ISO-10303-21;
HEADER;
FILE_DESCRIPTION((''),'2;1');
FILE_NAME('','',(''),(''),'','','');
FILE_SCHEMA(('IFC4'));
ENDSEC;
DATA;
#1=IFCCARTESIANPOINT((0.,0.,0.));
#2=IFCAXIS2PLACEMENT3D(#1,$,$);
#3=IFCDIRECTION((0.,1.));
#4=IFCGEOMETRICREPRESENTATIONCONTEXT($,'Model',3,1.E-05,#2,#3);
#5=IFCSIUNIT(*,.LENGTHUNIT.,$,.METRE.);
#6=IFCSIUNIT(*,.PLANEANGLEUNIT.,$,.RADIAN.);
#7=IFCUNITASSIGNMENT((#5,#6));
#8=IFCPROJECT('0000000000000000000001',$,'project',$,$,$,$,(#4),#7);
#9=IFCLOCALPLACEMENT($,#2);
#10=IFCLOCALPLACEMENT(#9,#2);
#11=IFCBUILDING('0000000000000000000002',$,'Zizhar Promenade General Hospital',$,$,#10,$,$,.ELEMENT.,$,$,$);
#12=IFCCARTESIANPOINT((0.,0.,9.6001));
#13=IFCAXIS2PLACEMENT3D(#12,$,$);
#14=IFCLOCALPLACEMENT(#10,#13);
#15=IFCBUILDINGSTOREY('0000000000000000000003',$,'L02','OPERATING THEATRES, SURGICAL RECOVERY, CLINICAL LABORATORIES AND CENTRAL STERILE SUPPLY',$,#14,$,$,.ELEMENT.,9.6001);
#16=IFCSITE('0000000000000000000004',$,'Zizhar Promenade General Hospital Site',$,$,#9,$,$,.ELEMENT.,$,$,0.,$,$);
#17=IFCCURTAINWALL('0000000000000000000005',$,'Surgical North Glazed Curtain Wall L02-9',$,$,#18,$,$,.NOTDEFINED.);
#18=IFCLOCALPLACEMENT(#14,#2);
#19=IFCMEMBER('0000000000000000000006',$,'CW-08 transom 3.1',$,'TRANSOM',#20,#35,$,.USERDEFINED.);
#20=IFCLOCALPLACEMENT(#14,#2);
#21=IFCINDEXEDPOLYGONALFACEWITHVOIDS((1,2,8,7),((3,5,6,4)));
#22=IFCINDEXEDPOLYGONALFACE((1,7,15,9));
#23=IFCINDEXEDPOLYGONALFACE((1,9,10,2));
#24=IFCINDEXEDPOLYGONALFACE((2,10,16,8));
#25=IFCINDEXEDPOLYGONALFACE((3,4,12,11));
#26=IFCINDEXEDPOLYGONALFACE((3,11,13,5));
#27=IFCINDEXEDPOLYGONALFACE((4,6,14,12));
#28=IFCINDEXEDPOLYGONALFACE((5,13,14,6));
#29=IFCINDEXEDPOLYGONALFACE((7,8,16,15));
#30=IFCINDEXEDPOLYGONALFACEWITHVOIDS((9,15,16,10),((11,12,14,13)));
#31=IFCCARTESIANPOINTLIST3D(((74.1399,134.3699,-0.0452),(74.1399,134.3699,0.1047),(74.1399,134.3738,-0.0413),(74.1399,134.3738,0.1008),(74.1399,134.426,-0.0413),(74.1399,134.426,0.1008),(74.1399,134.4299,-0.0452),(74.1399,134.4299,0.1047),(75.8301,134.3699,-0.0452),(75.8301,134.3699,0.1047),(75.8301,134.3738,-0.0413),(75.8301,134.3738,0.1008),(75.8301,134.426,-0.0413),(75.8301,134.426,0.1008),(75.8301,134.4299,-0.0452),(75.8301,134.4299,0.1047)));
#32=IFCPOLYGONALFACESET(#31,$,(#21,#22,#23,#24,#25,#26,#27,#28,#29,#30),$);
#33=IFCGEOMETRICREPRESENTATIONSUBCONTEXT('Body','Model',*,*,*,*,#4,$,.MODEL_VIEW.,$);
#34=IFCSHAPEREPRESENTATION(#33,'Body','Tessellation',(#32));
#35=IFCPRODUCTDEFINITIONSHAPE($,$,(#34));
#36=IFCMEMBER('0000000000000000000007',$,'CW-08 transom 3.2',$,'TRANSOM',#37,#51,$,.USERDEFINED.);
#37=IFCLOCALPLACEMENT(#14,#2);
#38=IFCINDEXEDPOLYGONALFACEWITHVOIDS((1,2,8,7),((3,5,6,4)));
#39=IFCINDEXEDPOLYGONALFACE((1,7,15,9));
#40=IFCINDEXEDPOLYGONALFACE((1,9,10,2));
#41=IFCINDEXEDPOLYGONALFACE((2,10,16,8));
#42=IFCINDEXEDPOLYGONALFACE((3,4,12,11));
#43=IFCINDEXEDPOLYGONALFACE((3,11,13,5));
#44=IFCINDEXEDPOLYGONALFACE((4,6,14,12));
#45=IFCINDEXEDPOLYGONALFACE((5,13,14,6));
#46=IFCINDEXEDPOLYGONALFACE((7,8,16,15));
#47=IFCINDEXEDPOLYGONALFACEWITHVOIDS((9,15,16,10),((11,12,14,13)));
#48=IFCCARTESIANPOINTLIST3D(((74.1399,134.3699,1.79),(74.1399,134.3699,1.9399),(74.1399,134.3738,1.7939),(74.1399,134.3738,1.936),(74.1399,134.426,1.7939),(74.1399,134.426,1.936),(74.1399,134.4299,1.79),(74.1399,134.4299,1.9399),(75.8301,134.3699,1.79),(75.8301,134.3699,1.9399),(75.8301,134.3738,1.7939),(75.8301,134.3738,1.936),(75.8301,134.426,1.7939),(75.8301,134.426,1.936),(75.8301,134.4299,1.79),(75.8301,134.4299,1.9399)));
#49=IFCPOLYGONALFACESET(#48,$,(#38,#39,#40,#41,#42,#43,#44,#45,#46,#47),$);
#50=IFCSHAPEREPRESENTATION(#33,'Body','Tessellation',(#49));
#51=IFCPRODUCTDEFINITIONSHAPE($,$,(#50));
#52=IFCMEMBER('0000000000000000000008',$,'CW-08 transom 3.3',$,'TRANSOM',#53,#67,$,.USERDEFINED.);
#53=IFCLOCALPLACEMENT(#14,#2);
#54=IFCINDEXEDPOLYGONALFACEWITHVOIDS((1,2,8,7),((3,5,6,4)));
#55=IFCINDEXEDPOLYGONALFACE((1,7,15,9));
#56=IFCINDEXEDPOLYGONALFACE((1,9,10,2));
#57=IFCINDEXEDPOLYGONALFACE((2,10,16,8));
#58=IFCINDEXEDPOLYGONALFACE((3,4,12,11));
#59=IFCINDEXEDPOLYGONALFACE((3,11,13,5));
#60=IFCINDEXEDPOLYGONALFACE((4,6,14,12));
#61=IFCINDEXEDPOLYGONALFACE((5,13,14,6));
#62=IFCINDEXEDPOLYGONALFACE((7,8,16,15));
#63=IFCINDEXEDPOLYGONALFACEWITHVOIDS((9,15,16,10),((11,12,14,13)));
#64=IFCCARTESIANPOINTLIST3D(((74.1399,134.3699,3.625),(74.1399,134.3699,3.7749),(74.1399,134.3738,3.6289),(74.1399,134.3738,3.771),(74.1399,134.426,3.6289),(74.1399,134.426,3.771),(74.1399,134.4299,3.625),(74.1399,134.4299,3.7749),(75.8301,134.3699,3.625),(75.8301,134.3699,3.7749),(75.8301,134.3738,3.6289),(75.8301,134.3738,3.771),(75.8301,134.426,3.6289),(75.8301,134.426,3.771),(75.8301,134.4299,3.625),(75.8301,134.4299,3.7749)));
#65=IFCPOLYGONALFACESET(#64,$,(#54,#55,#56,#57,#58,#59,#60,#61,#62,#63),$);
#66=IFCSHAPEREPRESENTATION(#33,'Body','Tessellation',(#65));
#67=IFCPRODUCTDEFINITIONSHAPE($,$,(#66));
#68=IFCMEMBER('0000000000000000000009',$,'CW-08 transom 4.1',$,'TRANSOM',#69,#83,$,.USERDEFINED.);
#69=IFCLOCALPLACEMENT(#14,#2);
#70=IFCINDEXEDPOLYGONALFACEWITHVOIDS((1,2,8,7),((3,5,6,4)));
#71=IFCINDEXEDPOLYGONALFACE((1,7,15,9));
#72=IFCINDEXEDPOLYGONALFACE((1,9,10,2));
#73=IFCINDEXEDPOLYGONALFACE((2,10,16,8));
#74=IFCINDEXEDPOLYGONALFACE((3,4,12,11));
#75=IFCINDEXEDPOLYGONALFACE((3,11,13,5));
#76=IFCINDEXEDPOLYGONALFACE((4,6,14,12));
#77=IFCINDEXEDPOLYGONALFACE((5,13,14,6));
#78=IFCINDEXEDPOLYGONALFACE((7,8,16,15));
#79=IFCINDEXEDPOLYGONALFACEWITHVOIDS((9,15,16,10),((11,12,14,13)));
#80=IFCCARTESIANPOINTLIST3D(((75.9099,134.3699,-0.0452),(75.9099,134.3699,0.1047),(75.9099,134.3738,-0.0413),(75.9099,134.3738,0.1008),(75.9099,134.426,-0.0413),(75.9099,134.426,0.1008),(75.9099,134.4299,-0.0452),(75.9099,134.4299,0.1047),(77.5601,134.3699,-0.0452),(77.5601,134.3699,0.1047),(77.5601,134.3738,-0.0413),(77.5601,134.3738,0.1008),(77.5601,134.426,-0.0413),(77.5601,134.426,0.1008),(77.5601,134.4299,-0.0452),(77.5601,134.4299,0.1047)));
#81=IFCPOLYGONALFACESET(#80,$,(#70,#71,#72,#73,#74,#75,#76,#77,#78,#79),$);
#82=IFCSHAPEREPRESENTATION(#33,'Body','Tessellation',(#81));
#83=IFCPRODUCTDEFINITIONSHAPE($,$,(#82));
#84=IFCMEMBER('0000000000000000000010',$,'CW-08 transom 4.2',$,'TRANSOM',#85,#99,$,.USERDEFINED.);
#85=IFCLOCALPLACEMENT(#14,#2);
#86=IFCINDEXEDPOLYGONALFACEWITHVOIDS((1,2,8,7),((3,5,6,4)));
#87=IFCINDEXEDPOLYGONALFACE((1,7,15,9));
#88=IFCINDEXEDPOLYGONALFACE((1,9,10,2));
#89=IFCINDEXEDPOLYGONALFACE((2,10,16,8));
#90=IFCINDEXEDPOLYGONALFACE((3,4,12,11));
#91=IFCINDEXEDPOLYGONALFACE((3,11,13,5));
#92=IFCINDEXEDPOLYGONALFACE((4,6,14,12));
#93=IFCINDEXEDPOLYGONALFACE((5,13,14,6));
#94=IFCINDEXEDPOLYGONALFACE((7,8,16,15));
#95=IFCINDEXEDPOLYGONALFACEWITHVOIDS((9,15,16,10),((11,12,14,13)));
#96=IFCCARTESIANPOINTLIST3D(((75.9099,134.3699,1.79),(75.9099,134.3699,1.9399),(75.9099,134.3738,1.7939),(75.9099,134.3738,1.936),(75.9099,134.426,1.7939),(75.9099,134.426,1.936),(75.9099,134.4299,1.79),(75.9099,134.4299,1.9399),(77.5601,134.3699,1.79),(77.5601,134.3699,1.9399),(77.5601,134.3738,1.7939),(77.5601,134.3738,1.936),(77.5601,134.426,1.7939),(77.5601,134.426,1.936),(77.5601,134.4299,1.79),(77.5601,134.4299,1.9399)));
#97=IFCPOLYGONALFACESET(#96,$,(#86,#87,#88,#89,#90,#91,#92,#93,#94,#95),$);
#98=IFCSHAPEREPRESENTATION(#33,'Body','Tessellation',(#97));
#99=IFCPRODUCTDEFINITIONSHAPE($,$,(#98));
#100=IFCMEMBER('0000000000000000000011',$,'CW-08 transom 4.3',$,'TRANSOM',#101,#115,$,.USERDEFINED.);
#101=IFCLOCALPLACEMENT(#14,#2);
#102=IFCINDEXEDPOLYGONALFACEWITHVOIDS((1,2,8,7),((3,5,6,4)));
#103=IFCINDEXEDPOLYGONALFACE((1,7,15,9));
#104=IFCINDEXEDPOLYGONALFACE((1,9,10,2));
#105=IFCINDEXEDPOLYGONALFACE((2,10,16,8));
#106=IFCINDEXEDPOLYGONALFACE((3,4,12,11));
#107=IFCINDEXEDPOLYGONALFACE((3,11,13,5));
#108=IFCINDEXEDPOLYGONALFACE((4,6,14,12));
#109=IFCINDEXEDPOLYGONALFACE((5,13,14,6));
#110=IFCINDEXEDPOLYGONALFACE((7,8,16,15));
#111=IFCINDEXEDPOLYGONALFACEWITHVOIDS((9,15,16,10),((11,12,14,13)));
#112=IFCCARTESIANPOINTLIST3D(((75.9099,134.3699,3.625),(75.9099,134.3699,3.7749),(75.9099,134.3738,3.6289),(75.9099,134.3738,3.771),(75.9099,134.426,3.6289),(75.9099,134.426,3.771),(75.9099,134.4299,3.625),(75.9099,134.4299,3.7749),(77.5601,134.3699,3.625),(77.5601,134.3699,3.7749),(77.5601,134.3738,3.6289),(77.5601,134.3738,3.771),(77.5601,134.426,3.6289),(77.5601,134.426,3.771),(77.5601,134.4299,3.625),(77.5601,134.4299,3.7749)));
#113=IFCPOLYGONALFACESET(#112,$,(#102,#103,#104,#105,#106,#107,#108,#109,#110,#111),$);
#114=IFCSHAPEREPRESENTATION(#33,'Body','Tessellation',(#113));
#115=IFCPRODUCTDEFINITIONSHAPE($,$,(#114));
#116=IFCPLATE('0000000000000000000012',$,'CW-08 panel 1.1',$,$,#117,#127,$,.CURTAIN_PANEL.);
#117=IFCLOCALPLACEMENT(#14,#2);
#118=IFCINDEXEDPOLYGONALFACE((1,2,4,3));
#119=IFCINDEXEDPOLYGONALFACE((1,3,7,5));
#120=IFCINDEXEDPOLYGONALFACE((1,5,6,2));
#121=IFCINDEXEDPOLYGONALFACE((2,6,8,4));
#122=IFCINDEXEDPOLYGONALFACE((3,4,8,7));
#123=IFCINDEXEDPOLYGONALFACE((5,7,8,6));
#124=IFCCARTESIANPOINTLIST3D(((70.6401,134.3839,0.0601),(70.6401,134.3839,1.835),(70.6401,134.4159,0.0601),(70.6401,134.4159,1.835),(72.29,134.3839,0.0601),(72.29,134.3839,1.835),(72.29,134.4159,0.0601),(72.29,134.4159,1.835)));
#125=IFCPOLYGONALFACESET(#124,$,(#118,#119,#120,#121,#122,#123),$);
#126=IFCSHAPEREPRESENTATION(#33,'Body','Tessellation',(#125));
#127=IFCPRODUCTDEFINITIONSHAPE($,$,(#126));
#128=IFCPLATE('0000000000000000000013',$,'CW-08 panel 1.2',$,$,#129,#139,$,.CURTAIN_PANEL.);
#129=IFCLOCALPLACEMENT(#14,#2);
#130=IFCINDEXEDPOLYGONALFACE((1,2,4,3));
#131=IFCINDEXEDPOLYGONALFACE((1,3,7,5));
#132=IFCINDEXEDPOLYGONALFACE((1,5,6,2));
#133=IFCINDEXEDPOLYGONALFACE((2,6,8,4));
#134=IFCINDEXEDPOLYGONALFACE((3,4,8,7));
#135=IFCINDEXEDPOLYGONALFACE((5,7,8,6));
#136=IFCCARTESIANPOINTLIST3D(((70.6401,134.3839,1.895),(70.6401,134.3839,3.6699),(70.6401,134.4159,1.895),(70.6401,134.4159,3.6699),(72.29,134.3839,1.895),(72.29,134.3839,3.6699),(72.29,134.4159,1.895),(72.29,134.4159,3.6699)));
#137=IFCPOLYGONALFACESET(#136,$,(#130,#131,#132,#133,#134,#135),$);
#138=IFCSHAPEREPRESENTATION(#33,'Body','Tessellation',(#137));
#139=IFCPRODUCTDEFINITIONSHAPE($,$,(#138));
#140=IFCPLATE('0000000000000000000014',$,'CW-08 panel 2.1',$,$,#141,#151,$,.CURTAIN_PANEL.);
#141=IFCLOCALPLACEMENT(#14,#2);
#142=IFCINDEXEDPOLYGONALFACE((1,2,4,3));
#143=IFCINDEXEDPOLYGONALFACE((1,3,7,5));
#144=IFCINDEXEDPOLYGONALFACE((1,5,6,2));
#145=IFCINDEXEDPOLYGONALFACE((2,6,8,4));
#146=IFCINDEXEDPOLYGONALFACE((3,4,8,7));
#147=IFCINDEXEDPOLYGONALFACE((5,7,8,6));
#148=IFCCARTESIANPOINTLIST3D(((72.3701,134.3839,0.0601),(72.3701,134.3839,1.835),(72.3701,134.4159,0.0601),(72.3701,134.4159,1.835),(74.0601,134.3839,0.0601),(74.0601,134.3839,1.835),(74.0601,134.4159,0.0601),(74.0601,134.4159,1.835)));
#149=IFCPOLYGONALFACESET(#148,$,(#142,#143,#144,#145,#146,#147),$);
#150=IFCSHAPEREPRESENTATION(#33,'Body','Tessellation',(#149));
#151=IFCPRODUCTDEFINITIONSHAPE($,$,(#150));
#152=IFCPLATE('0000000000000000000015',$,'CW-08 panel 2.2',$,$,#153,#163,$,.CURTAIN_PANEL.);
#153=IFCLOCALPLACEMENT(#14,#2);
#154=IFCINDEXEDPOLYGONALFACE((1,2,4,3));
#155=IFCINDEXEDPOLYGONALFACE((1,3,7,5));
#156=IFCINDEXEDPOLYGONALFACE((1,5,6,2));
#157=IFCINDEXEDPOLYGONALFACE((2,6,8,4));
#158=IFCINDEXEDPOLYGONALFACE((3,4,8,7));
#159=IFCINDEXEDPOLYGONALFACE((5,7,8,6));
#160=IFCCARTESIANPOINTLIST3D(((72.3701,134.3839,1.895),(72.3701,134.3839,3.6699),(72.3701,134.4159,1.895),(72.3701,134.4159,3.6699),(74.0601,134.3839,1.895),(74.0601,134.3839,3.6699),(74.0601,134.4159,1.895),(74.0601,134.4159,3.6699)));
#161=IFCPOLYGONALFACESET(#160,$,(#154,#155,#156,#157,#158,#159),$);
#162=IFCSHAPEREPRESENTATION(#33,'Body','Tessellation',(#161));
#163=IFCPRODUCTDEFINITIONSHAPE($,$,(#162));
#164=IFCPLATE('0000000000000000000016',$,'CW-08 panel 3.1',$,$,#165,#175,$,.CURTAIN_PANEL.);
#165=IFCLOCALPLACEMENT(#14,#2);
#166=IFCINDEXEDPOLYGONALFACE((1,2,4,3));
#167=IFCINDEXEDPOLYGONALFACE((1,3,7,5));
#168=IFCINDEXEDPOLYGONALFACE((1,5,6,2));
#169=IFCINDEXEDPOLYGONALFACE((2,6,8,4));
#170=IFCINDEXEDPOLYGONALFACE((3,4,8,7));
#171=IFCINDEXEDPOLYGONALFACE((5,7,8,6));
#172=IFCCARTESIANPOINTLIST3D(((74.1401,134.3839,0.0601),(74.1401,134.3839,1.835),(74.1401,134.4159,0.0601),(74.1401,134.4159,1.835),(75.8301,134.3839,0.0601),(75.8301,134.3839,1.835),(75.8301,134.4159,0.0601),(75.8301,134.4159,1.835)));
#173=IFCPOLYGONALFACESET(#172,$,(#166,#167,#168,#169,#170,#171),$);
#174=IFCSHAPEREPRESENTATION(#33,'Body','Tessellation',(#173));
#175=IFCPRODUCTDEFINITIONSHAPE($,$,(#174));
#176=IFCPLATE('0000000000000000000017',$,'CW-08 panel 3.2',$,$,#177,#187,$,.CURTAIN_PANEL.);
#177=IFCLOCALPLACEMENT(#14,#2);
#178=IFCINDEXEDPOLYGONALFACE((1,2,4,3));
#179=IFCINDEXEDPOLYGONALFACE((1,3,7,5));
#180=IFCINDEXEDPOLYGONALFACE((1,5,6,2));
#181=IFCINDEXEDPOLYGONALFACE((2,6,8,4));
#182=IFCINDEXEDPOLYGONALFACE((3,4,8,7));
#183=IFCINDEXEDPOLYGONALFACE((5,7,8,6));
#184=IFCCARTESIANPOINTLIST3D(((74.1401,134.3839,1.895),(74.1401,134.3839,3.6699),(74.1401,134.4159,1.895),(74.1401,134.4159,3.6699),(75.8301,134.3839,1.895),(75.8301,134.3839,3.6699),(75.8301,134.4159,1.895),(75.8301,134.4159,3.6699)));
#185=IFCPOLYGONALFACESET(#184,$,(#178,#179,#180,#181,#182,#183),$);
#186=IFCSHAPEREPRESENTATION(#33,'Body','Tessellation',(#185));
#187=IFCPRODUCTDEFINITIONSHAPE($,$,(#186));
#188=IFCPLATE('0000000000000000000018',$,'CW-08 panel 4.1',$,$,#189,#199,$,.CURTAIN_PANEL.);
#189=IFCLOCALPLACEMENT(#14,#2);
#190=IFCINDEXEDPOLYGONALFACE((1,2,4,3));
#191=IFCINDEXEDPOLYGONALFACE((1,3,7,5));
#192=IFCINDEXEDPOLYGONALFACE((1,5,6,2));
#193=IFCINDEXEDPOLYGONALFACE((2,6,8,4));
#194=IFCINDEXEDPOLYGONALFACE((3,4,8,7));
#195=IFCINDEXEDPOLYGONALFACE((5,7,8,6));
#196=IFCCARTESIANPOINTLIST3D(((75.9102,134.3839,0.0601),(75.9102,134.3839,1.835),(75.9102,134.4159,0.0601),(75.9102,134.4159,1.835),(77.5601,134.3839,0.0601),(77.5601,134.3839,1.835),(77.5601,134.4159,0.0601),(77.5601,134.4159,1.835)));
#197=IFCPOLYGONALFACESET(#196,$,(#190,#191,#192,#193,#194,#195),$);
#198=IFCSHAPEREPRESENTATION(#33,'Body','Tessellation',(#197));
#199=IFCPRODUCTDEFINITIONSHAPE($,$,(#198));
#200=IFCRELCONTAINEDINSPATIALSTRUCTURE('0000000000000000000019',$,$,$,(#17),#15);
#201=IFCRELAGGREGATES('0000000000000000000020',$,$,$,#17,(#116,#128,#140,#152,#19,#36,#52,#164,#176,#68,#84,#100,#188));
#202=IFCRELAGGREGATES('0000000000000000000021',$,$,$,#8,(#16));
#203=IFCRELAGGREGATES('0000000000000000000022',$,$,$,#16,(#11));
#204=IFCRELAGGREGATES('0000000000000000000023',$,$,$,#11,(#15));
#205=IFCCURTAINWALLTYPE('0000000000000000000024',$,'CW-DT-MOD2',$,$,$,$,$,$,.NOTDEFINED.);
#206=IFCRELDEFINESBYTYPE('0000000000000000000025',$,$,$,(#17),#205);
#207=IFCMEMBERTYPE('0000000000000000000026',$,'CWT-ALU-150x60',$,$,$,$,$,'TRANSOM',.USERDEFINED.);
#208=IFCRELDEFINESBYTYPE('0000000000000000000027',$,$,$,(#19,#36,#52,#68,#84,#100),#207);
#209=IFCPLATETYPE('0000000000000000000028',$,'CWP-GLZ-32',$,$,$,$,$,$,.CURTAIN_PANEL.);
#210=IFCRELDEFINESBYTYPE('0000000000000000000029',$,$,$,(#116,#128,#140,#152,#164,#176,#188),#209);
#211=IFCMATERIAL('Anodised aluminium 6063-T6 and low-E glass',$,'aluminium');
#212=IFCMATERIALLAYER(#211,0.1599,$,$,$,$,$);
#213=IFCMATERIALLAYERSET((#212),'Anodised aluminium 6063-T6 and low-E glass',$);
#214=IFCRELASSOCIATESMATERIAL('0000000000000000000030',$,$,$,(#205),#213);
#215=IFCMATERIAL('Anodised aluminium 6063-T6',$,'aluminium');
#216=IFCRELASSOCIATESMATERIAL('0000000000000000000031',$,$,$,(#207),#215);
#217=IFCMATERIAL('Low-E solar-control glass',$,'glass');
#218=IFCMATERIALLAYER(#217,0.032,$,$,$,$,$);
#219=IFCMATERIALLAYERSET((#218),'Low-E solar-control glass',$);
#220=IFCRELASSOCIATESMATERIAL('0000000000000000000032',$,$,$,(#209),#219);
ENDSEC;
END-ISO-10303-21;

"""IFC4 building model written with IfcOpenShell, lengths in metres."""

from ifc_helpers import new_model, si_unit, direction, frame, origin, origin_2d, place, context, subcontext, project, spatial, rectangle, hollow_rectangle, extrude, material, layer, layer_set, material_profile, profile_set, type_object, element, aggregate, save


model = new_model("IFC4")

# Units and contexts
model_context = context("Model", 3, precision=1e-05, world=origin(), true_north=direction((0.0, 1.0)))
body_context = subcontext(model_context, "Body", "Model", "MODEL_VIEW")
ifc_project = project(units=[si_unit("LENGTHUNIT", "METRE"), si_unit("PLANEANGLEUNIT", "RADIAN")], contexts=[model_context])

# Site, building, storey
site_placement = place(None, origin())
site = spatial("IfcSite", under=ifc_project, at=site_placement, Name="Zizhar Promenade General Hospital Site", CompositionType="ELEMENT", RefElevation=0.0)
building_placement = place(site_placement, origin())
building = spatial("IfcBuilding", under=site, at=building_placement, Name="Zizhar Promenade General Hospital", CompositionType="ELEMENT")
storey_placement = place(building_placement, frame((0.0, 0.0, 9.6001)))
storey = spatial("IfcBuildingStorey", under=building, at=storey_placement, Name="L02", Description="OPERATING THEATRES, SURGICAL RECOVERY, CLINICAL LABORATORIES AND CENTRAL STERILE SUPPLY", CompositionType="ELEMENT", Elevation=9.6001)

# Curtain wall, members, plates
ifc_material_1 = material(Name="Anodised aluminium 6063-T6 and low-E glass", Category="aluminium")
ifc_layer_1 = layer(ifc_material_1, 0.1599)
ifc_layer_set_1 = layer_set([ifc_layer_1], Name="Anodised aluminium 6063-T6 and low-E glass")
curtain_wall_type = type_object("IfcCurtainWallType", Name="CW-DT-MOD2", PredefinedType="NOTDEFINED", material=ifc_layer_set_1)
curtain_wall_placement = place(storey_placement, origin())
curtain_wall = element("IfcCurtainWall", 1, at=curtain_wall_placement, inside=storey, type_object=curtain_wall_type, Name="Surgical North Glazed Curtain Wall L02-9", PredefinedType="NOTDEFINED")
ifc_material_2 = material(Name="Anodised aluminium 6063-T6", Category="aluminium")
ifc_material_profile_1 = material_profile(ifc_material_2, hollow_rectangle(XDim=0.0601, YDim=0.1499, WallThickness=0.0039, at=origin_2d()))
ifc_profile_set_1 = profile_set([ifc_material_profile_1], Name="Anodised aluminium 6063-T6")
member_type_1 = type_object("IfcMemberType", Name="CWT-ALU-150x60", ElementType="TRANSOM", PredefinedType="USERDEFINED", material=ifc_profile_set_1)
member_1_placement = place(storey_placement, frame((74.1399, 134.3999, 0.0298), z_axis=(1.0, 0.0, 0.0), x_axis=(0.0, 1.0, 0.0)))
member_1 = element("IfcMember", 2, at=member_1_placement, type_object=member_type_1, Name="CW-08 transom 3.1", ObjectType="TRANSOM", PredefinedType="USERDEFINED", context=body_context, shape_type="SweptSolid", body=[
    extrude(hollow_rectangle(XDim=0.0601, YDim=0.1499, WallThickness=0.0039, at=origin_2d()), origin(), (0.0, 0.0, 1.0), 1.6902),
])
member_2_placement = place(storey_placement, frame((74.1399, 134.3999, 1.865), z_axis=(1.0, 0.0, 0.0), x_axis=(0.0, 1.0, 0.0)))
member_2 = element("IfcMember", 3, at=member_2_placement, type_object=member_type_1, Name="CW-08 transom 3.2", ObjectType="TRANSOM", PredefinedType="USERDEFINED", context=body_context, shape_type="SweptSolid", body=[
    extrude(hollow_rectangle(XDim=0.0601, YDim=0.1499, WallThickness=0.0039, at=origin_2d()), origin(), (0.0, 0.0, 1.0), 1.6902),
])
member_3_placement = place(storey_placement, frame((74.1399, 134.3999, 3.7), z_axis=(1.0, 0.0, 0.0), x_axis=(0.0, 1.0, 0.0)))
member_3 = element("IfcMember", 4, at=member_3_placement, type_object=member_type_1, Name="CW-08 transom 3.3", ObjectType="TRANSOM", PredefinedType="USERDEFINED", context=body_context, shape_type="SweptSolid", body=[
    extrude(hollow_rectangle(XDim=0.0601, YDim=0.1499, WallThickness=0.0039, at=origin_2d()), origin(), (0.0, 0.0, 1.0), 1.6902),
])
member_4_placement = place(storey_placement, frame((75.9099, 134.3999, 0.0298), z_axis=(1.0, 0.0, 0.0), x_axis=(0.0, 1.0, 0.0)))
member_4 = element("IfcMember", 5, at=member_4_placement, type_object=member_type_1, Name="CW-08 transom 4.1", ObjectType="TRANSOM", PredefinedType="USERDEFINED", context=body_context, shape_type="SweptSolid", body=[
    extrude(hollow_rectangle(XDim=0.0601, YDim=0.1499, WallThickness=0.0039, at=origin_2d()), origin(), (0.0, 0.0, 1.0), 1.6501),
])
member_5_placement = place(storey_placement, frame((75.9099, 134.3999, 1.865), z_axis=(1.0, 0.0, 0.0), x_axis=(0.0, 1.0, 0.0)))
member_5 = element("IfcMember", 6, at=member_5_placement, type_object=member_type_1, Name="CW-08 transom 4.2", ObjectType="TRANSOM", PredefinedType="USERDEFINED", context=body_context, shape_type="SweptSolid", body=[
    extrude(hollow_rectangle(XDim=0.0601, YDim=0.1499, WallThickness=0.0039, at=origin_2d()), origin(), (0.0, 0.0, 1.0), 1.6501),
])
member_6_placement = place(storey_placement, frame((75.9099, 134.3999, 3.7), z_axis=(1.0, 0.0, 0.0), x_axis=(0.0, 1.0, 0.0)))
member_6 = element("IfcMember", 7, at=member_6_placement, type_object=member_type_1, Name="CW-08 transom 4.3", ObjectType="TRANSOM", PredefinedType="USERDEFINED", context=body_context, shape_type="SweptSolid", body=[
    extrude(hollow_rectangle(XDim=0.0601, YDim=0.1499, WallThickness=0.0039, at=origin_2d()), origin(), (0.0, 0.0, 1.0), 1.6501),
])
ifc_material_3 = material(Name="Low-E solar-control glass", Category="glass")
ifc_layer_2 = layer(ifc_material_3, 0.032)
ifc_layer_set_2 = layer_set([ifc_layer_2], Name="Low-E solar-control glass")
plate_type = type_object("IfcPlateType", Name="CWP-GLZ-32", PredefinedType="CURTAIN_PANEL", material=ifc_layer_set_2)
plate_1_placement = place(storey_placement, frame((71.4651, 134.3999, 0.0601), z_axis=(0.0, 0.0, 1.0), x_axis=(1.0, 0.0, 0.0)))
plate_1 = element("IfcPlate", 8, at=plate_1_placement, type_object=plate_type, Name="CW-08 panel 1.1", PredefinedType="CURTAIN_PANEL", context=body_context, shape_type="SweptSolid", body=[
    extrude(rectangle(XDim=1.6499, YDim=0.032, at=origin_2d()), origin(), (0.0, 0.0, 1.0), 1.7749),
])
plate_2_placement = place(storey_placement, frame((71.4651, 134.3999, 1.895), z_axis=(0.0, 0.0, 1.0), x_axis=(1.0, 0.0, 0.0)))
plate_2 = element("IfcPlate", 9, at=plate_2_placement, type_object=plate_type, Name="CW-08 panel 1.2", PredefinedType="CURTAIN_PANEL", context=body_context, shape_type="SweptSolid", body=[
    extrude(rectangle(XDim=1.6499, YDim=0.032, at=origin_2d()), origin(), (0.0, 0.0, 1.0), 1.7749),
])
plate_3_placement = place(storey_placement, frame((73.2151, 134.3999, 0.0601), z_axis=(0.0, 0.0, 1.0), x_axis=(1.0, 0.0, 0.0)))
plate_3 = element("IfcPlate", 10, at=plate_3_placement, type_object=plate_type, Name="CW-08 panel 2.1", PredefinedType="CURTAIN_PANEL", context=body_context, shape_type="SweptSolid", body=[
    extrude(rectangle(XDim=1.6899, YDim=0.032, at=origin_2d()), origin(), (0.0, 0.0, 1.0), 1.7749),
])
plate_4_placement = place(storey_placement, frame((73.2151, 134.3999, 1.895), z_axis=(0.0, 0.0, 1.0), x_axis=(1.0, 0.0, 0.0)))
plate_4 = element("IfcPlate", 11, at=plate_4_placement, type_object=plate_type, Name="CW-08 panel 2.2", PredefinedType="CURTAIN_PANEL", context=body_context, shape_type="SweptSolid", body=[
    extrude(rectangle(XDim=1.6899, YDim=0.032, at=origin_2d()), origin(), (0.0, 0.0, 1.0), 1.7749),
])
plate_5_placement = place(storey_placement, frame((74.9851, 134.3999, 0.0601), z_axis=(0.0, 0.0, 1.0), x_axis=(1.0, 0.0, 0.0)))
plate_5 = element("IfcPlate", 12, at=plate_5_placement, type_object=plate_type, Name="CW-08 panel 3.1", PredefinedType="CURTAIN_PANEL", context=body_context, shape_type="SweptSolid", body=[
    extrude(rectangle(XDim=1.6899, YDim=0.032, at=origin_2d()), origin(), (0.0, 0.0, 1.0), 1.7749),
])
plate_6_placement = place(storey_placement, frame((74.9851, 134.3999, 1.895), z_axis=(0.0, 0.0, 1.0), x_axis=(1.0, 0.0, 0.0)))
plate_6 = element("IfcPlate", 13, at=plate_6_placement, type_object=plate_type, Name="CW-08 panel 3.2", PredefinedType="CURTAIN_PANEL", context=body_context, shape_type="SweptSolid", body=[
    extrude(rectangle(XDim=1.6899, YDim=0.032, at=origin_2d()), origin(), (0.0, 0.0, 1.0), 1.7749),
])
plate_7_placement = place(storey_placement, frame((76.7351, 134.3999, 0.0601), z_axis=(0.0, 0.0, 1.0), x_axis=(1.0, 0.0, 0.0)))
plate_7 = element("IfcPlate", 14, at=plate_7_placement, type_object=plate_type, Name="CW-08 panel 4.1", PredefinedType="CURTAIN_PANEL", context=body_context, shape_type="SweptSolid", body=[
    extrude(rectangle(XDim=1.6499, YDim=0.032, at=origin_2d()), origin(), (0.0, 0.0, 1.0), 1.7749),
])
aggregate(curtain_wall, [plate_1, plate_2, plate_3, plate_4, member_1, member_2, member_3, plate_5, plate_6, member_4, member_5, member_6, plate_7])

save(model, "model.ifc")
